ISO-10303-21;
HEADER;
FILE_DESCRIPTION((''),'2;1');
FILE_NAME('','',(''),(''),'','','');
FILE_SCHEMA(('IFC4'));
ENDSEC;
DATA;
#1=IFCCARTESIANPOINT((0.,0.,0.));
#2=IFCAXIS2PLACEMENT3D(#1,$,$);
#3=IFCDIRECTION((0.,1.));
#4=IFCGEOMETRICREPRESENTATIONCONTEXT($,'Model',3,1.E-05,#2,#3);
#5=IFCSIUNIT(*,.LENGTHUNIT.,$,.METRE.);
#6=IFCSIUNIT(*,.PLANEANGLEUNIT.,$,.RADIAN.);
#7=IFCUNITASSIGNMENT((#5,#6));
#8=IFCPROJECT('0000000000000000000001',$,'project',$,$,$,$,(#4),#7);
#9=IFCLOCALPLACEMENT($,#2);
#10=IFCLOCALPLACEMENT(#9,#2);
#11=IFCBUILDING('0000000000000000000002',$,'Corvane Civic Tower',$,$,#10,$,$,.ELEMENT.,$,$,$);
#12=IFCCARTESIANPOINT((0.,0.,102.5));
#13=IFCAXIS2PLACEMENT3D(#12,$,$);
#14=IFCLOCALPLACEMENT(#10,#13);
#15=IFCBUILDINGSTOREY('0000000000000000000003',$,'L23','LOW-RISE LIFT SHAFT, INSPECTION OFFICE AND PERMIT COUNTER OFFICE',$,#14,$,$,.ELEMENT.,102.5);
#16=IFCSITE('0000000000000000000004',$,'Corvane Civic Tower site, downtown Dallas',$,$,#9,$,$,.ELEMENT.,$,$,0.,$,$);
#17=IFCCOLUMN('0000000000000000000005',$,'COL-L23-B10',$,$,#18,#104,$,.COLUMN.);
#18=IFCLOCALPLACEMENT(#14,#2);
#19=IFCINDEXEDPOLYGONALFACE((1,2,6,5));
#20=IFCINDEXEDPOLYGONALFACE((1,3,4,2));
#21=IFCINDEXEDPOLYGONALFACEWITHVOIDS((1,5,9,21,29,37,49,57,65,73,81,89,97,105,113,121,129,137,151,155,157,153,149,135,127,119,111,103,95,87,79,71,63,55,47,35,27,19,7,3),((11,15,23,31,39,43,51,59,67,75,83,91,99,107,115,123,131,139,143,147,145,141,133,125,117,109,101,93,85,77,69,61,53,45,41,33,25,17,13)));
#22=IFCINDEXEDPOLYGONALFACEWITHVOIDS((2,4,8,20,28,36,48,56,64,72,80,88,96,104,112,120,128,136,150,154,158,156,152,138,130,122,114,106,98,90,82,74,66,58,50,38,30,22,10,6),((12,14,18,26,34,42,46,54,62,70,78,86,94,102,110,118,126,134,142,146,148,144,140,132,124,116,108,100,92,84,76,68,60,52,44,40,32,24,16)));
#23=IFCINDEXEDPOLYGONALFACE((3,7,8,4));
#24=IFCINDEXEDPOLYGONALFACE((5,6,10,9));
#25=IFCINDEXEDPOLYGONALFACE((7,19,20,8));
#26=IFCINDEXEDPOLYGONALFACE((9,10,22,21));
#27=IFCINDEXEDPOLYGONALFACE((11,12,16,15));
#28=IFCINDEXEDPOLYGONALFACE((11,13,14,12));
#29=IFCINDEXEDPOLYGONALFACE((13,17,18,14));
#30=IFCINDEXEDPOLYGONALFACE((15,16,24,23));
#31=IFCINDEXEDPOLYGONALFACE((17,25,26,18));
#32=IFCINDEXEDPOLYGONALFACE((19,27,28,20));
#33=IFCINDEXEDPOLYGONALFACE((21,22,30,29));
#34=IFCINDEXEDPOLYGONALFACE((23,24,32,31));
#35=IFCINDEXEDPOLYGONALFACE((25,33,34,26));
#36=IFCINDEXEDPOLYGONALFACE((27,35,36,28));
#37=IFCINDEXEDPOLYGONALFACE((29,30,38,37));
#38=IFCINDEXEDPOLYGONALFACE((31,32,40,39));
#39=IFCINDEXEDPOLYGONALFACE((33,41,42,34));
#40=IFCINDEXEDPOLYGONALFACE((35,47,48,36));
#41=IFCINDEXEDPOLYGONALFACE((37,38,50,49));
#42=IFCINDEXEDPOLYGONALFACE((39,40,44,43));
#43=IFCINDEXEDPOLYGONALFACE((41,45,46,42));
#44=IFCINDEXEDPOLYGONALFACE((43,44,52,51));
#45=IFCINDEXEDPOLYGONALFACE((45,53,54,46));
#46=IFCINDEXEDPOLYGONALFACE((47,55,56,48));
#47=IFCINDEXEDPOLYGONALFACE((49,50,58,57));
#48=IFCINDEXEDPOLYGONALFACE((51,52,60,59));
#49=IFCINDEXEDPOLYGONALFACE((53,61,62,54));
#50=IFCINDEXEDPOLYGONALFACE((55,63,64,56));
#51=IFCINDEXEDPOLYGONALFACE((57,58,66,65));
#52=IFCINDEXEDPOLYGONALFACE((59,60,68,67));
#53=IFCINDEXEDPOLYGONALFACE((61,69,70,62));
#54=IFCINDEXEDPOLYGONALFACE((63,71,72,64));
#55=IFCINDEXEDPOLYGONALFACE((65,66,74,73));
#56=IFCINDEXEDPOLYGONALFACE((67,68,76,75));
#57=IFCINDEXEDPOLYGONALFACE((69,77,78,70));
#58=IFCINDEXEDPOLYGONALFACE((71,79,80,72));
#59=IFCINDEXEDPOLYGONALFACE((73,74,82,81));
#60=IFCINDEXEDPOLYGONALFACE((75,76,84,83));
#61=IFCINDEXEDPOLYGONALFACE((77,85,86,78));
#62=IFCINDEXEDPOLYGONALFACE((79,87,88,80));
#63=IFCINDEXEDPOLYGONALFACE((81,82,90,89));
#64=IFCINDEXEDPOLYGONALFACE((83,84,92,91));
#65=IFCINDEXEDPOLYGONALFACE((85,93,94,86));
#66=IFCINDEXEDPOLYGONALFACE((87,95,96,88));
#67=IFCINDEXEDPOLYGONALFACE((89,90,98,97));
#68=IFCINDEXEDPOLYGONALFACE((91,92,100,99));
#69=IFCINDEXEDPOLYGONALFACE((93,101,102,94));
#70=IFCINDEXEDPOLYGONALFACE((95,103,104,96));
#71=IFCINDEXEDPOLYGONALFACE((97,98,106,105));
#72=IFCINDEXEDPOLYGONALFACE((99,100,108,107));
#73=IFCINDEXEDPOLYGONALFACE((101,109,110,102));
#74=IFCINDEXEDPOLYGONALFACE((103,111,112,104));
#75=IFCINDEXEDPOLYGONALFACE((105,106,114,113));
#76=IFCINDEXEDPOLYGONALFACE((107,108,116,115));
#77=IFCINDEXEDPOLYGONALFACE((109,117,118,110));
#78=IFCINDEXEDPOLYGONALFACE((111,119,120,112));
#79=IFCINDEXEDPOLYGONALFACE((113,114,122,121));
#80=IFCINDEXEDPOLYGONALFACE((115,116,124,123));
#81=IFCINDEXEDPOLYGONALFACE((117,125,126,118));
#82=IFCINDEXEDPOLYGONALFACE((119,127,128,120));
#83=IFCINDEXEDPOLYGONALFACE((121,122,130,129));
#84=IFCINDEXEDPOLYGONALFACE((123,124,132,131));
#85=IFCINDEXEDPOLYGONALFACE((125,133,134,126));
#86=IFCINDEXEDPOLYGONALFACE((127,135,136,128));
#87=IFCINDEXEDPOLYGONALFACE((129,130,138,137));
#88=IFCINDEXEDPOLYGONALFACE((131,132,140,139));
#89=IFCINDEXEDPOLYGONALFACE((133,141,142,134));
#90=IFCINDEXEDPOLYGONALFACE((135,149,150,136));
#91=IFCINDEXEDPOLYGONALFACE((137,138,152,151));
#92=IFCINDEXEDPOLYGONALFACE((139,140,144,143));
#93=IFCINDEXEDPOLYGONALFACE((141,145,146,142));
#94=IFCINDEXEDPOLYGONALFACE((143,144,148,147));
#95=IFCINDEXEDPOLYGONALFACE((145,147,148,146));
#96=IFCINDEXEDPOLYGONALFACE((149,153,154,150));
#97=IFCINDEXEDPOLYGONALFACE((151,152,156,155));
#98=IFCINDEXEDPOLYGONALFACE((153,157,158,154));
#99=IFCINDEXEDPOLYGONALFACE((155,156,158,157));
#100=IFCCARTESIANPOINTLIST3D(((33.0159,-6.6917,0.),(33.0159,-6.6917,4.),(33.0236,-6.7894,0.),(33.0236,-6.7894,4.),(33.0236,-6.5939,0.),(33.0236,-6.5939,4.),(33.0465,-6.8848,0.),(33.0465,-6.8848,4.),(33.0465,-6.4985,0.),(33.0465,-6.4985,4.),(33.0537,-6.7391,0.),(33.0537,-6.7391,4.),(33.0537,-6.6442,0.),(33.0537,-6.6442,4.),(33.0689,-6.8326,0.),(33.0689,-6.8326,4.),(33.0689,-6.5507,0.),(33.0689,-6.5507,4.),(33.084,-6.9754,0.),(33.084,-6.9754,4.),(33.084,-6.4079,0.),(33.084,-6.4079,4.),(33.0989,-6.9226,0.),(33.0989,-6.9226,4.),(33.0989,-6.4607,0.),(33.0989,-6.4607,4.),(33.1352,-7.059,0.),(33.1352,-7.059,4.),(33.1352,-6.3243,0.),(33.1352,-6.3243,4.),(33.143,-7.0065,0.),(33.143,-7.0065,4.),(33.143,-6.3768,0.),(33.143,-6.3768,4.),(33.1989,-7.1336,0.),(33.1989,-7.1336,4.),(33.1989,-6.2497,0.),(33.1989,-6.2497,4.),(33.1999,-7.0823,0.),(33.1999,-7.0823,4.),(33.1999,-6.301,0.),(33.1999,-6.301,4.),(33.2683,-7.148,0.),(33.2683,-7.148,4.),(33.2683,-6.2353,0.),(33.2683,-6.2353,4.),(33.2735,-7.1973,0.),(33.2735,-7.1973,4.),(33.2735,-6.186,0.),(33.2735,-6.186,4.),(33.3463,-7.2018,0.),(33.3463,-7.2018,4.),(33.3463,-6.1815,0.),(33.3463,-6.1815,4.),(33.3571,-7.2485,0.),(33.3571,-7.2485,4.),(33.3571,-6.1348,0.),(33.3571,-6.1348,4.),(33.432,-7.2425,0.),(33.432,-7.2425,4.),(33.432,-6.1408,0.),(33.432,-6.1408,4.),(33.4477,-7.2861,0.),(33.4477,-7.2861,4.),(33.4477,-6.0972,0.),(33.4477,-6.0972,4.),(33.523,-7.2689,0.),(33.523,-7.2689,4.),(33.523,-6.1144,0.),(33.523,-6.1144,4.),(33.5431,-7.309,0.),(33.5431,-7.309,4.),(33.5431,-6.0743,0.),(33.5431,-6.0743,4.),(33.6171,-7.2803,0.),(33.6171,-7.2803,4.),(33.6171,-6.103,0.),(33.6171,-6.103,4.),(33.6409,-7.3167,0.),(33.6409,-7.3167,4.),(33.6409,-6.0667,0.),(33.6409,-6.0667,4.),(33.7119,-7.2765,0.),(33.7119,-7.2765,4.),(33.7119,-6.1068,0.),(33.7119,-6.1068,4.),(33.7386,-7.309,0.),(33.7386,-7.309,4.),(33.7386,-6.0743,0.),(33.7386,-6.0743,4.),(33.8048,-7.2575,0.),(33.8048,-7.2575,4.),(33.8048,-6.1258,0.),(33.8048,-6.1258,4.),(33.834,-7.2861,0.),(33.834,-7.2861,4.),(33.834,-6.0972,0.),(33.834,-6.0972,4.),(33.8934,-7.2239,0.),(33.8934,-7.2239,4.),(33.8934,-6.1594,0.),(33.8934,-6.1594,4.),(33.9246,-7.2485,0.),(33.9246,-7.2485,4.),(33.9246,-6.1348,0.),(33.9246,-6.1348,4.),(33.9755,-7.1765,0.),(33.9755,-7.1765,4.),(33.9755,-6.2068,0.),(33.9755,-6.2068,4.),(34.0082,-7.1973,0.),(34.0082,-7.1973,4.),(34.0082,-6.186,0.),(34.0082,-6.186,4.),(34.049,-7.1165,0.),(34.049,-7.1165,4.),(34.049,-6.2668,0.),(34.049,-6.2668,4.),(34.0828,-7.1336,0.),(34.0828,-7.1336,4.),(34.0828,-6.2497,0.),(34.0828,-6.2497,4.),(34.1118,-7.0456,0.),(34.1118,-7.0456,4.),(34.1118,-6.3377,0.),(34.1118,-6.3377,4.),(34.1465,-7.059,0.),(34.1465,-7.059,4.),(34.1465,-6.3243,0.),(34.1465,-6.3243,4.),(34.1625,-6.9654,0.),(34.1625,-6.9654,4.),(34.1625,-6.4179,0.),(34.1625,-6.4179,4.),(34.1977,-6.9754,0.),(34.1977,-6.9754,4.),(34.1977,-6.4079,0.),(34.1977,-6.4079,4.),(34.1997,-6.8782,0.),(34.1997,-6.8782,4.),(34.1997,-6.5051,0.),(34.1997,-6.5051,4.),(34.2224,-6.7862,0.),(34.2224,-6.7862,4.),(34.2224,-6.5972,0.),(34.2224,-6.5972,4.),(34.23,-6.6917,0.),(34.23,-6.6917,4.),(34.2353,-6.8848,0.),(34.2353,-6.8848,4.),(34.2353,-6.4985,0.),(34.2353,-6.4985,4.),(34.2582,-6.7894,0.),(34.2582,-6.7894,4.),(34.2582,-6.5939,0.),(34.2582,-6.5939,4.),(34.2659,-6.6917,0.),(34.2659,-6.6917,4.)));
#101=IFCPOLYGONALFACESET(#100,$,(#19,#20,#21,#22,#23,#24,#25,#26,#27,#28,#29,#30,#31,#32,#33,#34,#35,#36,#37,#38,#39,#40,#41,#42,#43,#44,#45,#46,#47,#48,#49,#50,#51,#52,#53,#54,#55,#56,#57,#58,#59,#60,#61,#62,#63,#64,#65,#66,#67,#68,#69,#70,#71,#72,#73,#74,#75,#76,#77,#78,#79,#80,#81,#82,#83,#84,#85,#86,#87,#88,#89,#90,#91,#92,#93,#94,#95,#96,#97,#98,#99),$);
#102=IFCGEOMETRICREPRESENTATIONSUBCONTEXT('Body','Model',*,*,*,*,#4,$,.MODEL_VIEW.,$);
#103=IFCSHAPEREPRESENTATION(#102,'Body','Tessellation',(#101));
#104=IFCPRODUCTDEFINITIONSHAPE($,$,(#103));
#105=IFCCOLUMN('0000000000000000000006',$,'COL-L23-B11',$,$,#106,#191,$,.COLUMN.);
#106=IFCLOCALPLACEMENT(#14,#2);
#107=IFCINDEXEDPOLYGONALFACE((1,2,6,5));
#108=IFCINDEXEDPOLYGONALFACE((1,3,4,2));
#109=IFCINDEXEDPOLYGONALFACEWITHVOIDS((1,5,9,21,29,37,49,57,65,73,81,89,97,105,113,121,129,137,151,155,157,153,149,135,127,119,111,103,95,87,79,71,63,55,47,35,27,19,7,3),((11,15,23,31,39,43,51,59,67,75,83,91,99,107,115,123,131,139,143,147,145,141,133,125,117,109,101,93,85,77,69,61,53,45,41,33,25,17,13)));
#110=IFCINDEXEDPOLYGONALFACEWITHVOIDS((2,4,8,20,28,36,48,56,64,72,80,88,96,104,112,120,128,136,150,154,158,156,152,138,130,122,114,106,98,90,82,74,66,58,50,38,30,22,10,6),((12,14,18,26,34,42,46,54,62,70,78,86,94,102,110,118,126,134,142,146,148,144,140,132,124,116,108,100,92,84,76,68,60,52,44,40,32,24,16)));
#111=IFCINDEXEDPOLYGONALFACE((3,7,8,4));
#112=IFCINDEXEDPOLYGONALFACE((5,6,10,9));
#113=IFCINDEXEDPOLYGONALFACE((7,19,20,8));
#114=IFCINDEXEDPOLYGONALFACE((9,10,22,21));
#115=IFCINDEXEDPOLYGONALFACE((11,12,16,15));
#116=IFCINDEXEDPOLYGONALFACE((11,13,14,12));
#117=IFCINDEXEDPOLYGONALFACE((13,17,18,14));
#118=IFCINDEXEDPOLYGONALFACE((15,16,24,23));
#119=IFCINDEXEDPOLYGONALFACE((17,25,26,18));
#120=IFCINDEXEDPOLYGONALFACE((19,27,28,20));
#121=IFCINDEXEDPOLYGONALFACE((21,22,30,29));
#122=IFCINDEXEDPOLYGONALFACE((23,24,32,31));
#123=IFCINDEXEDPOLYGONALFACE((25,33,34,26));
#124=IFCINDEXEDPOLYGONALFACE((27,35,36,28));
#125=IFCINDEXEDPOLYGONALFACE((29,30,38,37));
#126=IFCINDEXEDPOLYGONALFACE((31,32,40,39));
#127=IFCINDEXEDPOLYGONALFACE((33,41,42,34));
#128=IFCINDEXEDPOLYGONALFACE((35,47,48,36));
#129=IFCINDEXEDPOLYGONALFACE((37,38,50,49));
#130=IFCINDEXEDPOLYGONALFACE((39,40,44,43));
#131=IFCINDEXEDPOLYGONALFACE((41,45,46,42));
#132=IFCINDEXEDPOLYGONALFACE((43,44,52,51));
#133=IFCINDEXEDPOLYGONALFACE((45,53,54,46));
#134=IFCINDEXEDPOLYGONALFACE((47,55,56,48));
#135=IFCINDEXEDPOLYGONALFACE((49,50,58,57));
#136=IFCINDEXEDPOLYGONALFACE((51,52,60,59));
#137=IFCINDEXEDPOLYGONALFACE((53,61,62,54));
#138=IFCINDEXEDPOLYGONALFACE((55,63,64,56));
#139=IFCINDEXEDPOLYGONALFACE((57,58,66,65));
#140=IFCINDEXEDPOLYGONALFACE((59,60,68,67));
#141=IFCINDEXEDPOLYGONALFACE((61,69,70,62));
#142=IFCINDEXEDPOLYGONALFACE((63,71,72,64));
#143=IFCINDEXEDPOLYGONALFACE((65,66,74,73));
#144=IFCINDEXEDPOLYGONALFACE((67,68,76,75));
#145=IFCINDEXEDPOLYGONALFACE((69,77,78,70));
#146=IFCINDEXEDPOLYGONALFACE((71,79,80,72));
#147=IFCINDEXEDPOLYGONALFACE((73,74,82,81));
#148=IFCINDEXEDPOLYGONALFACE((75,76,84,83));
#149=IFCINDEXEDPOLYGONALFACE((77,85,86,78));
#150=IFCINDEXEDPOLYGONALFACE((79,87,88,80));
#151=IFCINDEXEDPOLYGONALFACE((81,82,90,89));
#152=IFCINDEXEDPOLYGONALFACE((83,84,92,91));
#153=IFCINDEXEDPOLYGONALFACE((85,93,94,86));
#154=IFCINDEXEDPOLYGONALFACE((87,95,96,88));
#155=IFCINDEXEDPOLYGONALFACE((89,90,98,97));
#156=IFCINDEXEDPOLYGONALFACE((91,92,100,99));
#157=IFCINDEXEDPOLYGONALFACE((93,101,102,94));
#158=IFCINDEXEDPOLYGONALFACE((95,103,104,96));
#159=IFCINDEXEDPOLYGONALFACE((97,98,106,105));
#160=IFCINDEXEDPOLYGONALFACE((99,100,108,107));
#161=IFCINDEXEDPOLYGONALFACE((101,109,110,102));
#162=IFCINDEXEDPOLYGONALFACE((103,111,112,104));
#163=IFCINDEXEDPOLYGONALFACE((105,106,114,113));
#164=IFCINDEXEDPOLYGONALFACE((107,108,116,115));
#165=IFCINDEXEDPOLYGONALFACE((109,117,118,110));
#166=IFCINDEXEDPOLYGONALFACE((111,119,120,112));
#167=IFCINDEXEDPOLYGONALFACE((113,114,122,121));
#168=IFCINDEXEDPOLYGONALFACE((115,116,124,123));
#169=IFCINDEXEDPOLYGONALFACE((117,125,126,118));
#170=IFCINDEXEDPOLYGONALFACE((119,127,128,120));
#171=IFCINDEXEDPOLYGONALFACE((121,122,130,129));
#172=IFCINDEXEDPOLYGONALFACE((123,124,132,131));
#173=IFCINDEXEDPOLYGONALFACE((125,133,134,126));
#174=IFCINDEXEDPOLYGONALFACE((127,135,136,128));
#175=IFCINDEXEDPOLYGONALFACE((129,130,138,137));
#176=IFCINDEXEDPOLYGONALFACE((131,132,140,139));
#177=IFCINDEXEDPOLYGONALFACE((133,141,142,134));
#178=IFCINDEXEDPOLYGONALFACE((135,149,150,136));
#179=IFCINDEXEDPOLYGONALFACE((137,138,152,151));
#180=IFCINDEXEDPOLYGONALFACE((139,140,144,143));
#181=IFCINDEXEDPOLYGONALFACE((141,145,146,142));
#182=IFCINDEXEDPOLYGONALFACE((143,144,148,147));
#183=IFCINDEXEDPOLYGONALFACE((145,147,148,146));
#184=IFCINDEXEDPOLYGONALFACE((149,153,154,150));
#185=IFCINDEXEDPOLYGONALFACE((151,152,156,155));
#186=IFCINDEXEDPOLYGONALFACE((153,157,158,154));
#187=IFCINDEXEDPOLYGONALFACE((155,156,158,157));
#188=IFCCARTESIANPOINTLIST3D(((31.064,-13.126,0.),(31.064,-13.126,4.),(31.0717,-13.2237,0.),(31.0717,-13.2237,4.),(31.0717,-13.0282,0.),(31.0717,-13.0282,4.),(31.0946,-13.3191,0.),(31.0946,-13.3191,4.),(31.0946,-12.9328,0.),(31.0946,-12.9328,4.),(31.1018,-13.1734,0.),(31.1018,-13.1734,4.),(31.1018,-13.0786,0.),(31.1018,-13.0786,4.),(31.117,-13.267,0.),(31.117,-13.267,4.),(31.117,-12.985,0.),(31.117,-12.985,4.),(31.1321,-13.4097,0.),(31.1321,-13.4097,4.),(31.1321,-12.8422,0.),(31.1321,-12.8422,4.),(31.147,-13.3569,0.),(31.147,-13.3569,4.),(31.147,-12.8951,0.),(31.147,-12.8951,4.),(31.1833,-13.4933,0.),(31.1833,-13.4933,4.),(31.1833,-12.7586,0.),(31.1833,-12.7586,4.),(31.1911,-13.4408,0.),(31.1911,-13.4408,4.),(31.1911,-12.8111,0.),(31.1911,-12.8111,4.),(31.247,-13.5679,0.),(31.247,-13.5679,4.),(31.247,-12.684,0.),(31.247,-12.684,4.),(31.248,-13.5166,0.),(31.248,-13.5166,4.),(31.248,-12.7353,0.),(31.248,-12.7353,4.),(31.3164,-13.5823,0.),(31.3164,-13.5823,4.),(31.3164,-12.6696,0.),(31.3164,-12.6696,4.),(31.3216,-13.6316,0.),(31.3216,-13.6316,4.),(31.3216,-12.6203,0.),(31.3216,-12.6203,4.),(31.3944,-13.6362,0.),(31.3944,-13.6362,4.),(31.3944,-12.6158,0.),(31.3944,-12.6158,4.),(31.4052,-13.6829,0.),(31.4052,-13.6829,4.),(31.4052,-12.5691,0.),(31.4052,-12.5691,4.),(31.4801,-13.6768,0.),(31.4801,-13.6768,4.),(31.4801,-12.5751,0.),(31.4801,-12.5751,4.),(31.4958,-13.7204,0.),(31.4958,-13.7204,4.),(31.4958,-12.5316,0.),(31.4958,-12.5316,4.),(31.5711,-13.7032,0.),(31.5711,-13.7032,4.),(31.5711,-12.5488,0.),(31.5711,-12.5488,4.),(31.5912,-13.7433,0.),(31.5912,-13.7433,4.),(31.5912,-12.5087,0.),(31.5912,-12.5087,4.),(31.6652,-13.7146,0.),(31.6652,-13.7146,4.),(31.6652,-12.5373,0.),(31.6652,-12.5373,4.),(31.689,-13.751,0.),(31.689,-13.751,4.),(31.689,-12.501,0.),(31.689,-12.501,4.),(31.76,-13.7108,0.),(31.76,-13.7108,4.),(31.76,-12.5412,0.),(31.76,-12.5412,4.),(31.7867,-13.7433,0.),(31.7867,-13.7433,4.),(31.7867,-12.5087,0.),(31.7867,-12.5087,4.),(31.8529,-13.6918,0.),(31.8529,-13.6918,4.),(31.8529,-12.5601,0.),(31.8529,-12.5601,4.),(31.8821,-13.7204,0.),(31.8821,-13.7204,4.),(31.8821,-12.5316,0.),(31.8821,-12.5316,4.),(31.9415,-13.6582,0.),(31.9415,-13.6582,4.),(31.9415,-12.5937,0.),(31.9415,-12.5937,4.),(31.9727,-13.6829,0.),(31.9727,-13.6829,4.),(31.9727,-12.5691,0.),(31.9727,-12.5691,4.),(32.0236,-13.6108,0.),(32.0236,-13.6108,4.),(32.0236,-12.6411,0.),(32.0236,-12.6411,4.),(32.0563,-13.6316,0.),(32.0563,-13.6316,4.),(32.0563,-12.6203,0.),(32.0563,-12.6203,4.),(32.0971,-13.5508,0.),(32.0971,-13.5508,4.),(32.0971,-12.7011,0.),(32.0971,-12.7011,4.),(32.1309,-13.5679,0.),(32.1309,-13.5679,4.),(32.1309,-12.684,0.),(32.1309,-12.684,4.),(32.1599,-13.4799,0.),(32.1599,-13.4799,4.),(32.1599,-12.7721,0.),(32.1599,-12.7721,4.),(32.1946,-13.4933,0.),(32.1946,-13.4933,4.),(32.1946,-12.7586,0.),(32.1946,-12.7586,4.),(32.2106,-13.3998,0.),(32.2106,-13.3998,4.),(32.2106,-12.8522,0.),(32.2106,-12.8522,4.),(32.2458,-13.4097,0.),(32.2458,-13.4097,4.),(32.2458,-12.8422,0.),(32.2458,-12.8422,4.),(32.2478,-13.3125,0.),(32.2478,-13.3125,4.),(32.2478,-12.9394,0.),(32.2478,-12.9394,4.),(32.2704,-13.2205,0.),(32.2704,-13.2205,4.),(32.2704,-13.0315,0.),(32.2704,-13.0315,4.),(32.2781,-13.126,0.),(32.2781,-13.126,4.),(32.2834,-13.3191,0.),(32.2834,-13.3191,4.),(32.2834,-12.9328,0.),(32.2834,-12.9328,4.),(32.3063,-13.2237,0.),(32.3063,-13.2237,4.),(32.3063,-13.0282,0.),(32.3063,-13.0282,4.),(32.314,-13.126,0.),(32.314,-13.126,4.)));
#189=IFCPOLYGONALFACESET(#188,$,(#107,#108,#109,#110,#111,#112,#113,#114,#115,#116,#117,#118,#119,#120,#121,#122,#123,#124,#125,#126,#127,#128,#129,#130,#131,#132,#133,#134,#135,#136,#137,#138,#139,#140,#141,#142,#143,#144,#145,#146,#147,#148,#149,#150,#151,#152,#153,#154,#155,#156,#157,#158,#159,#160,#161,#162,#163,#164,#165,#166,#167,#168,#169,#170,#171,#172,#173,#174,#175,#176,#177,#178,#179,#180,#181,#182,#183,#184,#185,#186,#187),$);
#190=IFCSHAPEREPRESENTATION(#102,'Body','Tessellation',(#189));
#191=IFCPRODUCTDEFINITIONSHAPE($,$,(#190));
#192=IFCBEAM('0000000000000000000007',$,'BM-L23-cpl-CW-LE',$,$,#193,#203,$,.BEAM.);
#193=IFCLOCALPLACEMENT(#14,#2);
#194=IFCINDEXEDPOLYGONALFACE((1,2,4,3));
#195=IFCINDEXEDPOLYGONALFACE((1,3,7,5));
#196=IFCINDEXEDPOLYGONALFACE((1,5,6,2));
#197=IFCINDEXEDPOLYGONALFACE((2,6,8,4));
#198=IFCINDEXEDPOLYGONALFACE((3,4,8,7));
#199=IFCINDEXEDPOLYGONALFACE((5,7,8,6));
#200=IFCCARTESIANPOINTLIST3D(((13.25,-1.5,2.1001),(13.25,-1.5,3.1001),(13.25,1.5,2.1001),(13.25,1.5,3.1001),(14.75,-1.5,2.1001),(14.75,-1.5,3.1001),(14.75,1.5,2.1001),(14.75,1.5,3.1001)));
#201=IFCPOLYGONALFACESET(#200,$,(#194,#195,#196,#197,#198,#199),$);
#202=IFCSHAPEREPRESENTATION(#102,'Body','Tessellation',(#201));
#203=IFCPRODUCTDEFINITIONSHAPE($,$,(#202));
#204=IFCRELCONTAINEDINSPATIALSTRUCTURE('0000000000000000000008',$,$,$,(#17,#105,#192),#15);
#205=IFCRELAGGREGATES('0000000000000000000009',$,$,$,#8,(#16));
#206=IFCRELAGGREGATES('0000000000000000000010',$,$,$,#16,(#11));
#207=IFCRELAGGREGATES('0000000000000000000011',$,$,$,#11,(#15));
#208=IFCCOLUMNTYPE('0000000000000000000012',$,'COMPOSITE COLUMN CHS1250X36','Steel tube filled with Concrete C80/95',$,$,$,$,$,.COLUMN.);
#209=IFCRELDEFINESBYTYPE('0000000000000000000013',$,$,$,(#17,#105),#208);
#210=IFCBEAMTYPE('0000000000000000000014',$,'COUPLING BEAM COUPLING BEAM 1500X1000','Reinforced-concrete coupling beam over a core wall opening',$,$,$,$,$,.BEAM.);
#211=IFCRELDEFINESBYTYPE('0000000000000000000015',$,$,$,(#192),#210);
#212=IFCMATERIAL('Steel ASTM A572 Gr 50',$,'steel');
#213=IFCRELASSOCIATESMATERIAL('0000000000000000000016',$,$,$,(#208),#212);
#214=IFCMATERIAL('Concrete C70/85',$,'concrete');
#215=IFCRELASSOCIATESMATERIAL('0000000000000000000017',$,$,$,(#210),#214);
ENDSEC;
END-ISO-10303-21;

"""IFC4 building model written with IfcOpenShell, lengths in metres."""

from ifc_helpers import new_model, si_unit, direction, frame, origin, origin_2d, place, context, subcontext, project, spatial, rectangle, hollow_circle, extrude, material, material_profile, profile_set, type_object, element, save


model = new_model("IFC4")

# Units and contexts
model_context = context("Model", 3, precision=1e-05, world=origin(), true_north=direction((0.0, 1.0)))
body_context = subcontext(model_context, "Body", "Model", "MODEL_VIEW")
ifc_project = project(units=[si_unit("LENGTHUNIT", "METRE"), si_unit("PLANEANGLEUNIT", "RADIAN")], contexts=[model_context])

# Site, building, storey
site_placement = place(None, origin())
site = spatial("IfcSite", under=ifc_project, at=site_placement, Name="Corvane Civic Tower site, downtown Dallas", CompositionType="ELEMENT", RefElevation=0.0)
building_placement = place(site_placement, origin())
building = spatial("IfcBuilding", under=site, at=building_placement, Name="Corvane Civic Tower", CompositionType="ELEMENT")
storey_placement = place(building_placement, frame((0.0, 0.0, 102.5)))
storey = spatial("IfcBuildingStorey", under=building, at=storey_placement, Name="L23", Description="LOW-RISE LIFT SHAFT, INSPECTION OFFICE AND PERMIT COUNTER OFFICE", CompositionType="ELEMENT", Elevation=102.5)

# Columns
ifc_material_1 = material(Name="Steel ASTM A572 Gr 50", Category="steel")
ifc_material_profile_1 = material_profile(ifc_material_1, hollow_circle(Radius=0.625, WallThickness=0.0359, at=origin_2d()), Name="CHS1250X36")
ifc_profile_set_1 = profile_set([ifc_material_profile_1], Name="Steel ASTM A572 Gr 50")
column_type = type_object("IfcColumnType", Name="COMPOSITE COLUMN CHS1250X36", Description="Steel tube filled with Concrete C80/95", PredefinedType="COLUMN", material=ifc_profile_set_1)
for number, where, z_axis, x_axis, name in (
    (1, (33.6409, -6.6917, 0.0), (0.0, 0.0, 1.0), (1.0, 0.0, 0.0), "COL-L23-B10"),
    (2, (31.689, -13.126, 0.0), (0.0, 0.0, 1.0), (1.0, 0.0, 0.0), "COL-L23-B11"),
):
    element("IfcColumn", number, at=place(storey_placement, frame(where, z_axis=z_axis, x_axis=x_axis)), inside=storey, type_object=column_type, Name=name, PredefinedType="COLUMN", context=body_context, shape_type="SweptSolid", body=[
        extrude(hollow_circle(Radius=0.625, WallThickness=0.0359, at=origin_2d()), origin(), (0.0, 0.0, 1.0), 4.0),
    ])

# Beam
ifc_material_2 = material(Name="Concrete C70/85", Category="concrete")
ifc_material_profile_2 = material_profile(ifc_material_2, rectangle(XDim=1.5, YDim=1.0, at=origin_2d()), Name="COUPLING BEAM 1500X1000")
ifc_profile_set_2 = profile_set([ifc_material_profile_2], Name="Concrete C70/85")
beam_type_1 = type_object("IfcBeamType", Name="COUPLING BEAM COUPLING BEAM 1500X1000", Description="Reinforced-concrete coupling beam over a core wall opening", PredefinedType="BEAM", material=ifc_profile_set_2)
beam_1_placement = place(storey_placement, frame((14.0, -1.5, 2.6001), z_axis=(0.0, 1.0, 0.0), x_axis=(-1.0, 0.0, 0.0)))
element("IfcBeam", 3, at=beam_1_placement, inside=storey, type_object=beam_type_1, Name="BM-L23-cpl-CW-LE", PredefinedType="BEAM", context=body_context, shape_type="SweptSolid", body=[
    extrude(rectangle(XDim=1.5, YDim=1.0, at=origin_2d()), origin(), (0.0, 0.0, 1.0), 3.0),
])

save(model, "model.ifc")
